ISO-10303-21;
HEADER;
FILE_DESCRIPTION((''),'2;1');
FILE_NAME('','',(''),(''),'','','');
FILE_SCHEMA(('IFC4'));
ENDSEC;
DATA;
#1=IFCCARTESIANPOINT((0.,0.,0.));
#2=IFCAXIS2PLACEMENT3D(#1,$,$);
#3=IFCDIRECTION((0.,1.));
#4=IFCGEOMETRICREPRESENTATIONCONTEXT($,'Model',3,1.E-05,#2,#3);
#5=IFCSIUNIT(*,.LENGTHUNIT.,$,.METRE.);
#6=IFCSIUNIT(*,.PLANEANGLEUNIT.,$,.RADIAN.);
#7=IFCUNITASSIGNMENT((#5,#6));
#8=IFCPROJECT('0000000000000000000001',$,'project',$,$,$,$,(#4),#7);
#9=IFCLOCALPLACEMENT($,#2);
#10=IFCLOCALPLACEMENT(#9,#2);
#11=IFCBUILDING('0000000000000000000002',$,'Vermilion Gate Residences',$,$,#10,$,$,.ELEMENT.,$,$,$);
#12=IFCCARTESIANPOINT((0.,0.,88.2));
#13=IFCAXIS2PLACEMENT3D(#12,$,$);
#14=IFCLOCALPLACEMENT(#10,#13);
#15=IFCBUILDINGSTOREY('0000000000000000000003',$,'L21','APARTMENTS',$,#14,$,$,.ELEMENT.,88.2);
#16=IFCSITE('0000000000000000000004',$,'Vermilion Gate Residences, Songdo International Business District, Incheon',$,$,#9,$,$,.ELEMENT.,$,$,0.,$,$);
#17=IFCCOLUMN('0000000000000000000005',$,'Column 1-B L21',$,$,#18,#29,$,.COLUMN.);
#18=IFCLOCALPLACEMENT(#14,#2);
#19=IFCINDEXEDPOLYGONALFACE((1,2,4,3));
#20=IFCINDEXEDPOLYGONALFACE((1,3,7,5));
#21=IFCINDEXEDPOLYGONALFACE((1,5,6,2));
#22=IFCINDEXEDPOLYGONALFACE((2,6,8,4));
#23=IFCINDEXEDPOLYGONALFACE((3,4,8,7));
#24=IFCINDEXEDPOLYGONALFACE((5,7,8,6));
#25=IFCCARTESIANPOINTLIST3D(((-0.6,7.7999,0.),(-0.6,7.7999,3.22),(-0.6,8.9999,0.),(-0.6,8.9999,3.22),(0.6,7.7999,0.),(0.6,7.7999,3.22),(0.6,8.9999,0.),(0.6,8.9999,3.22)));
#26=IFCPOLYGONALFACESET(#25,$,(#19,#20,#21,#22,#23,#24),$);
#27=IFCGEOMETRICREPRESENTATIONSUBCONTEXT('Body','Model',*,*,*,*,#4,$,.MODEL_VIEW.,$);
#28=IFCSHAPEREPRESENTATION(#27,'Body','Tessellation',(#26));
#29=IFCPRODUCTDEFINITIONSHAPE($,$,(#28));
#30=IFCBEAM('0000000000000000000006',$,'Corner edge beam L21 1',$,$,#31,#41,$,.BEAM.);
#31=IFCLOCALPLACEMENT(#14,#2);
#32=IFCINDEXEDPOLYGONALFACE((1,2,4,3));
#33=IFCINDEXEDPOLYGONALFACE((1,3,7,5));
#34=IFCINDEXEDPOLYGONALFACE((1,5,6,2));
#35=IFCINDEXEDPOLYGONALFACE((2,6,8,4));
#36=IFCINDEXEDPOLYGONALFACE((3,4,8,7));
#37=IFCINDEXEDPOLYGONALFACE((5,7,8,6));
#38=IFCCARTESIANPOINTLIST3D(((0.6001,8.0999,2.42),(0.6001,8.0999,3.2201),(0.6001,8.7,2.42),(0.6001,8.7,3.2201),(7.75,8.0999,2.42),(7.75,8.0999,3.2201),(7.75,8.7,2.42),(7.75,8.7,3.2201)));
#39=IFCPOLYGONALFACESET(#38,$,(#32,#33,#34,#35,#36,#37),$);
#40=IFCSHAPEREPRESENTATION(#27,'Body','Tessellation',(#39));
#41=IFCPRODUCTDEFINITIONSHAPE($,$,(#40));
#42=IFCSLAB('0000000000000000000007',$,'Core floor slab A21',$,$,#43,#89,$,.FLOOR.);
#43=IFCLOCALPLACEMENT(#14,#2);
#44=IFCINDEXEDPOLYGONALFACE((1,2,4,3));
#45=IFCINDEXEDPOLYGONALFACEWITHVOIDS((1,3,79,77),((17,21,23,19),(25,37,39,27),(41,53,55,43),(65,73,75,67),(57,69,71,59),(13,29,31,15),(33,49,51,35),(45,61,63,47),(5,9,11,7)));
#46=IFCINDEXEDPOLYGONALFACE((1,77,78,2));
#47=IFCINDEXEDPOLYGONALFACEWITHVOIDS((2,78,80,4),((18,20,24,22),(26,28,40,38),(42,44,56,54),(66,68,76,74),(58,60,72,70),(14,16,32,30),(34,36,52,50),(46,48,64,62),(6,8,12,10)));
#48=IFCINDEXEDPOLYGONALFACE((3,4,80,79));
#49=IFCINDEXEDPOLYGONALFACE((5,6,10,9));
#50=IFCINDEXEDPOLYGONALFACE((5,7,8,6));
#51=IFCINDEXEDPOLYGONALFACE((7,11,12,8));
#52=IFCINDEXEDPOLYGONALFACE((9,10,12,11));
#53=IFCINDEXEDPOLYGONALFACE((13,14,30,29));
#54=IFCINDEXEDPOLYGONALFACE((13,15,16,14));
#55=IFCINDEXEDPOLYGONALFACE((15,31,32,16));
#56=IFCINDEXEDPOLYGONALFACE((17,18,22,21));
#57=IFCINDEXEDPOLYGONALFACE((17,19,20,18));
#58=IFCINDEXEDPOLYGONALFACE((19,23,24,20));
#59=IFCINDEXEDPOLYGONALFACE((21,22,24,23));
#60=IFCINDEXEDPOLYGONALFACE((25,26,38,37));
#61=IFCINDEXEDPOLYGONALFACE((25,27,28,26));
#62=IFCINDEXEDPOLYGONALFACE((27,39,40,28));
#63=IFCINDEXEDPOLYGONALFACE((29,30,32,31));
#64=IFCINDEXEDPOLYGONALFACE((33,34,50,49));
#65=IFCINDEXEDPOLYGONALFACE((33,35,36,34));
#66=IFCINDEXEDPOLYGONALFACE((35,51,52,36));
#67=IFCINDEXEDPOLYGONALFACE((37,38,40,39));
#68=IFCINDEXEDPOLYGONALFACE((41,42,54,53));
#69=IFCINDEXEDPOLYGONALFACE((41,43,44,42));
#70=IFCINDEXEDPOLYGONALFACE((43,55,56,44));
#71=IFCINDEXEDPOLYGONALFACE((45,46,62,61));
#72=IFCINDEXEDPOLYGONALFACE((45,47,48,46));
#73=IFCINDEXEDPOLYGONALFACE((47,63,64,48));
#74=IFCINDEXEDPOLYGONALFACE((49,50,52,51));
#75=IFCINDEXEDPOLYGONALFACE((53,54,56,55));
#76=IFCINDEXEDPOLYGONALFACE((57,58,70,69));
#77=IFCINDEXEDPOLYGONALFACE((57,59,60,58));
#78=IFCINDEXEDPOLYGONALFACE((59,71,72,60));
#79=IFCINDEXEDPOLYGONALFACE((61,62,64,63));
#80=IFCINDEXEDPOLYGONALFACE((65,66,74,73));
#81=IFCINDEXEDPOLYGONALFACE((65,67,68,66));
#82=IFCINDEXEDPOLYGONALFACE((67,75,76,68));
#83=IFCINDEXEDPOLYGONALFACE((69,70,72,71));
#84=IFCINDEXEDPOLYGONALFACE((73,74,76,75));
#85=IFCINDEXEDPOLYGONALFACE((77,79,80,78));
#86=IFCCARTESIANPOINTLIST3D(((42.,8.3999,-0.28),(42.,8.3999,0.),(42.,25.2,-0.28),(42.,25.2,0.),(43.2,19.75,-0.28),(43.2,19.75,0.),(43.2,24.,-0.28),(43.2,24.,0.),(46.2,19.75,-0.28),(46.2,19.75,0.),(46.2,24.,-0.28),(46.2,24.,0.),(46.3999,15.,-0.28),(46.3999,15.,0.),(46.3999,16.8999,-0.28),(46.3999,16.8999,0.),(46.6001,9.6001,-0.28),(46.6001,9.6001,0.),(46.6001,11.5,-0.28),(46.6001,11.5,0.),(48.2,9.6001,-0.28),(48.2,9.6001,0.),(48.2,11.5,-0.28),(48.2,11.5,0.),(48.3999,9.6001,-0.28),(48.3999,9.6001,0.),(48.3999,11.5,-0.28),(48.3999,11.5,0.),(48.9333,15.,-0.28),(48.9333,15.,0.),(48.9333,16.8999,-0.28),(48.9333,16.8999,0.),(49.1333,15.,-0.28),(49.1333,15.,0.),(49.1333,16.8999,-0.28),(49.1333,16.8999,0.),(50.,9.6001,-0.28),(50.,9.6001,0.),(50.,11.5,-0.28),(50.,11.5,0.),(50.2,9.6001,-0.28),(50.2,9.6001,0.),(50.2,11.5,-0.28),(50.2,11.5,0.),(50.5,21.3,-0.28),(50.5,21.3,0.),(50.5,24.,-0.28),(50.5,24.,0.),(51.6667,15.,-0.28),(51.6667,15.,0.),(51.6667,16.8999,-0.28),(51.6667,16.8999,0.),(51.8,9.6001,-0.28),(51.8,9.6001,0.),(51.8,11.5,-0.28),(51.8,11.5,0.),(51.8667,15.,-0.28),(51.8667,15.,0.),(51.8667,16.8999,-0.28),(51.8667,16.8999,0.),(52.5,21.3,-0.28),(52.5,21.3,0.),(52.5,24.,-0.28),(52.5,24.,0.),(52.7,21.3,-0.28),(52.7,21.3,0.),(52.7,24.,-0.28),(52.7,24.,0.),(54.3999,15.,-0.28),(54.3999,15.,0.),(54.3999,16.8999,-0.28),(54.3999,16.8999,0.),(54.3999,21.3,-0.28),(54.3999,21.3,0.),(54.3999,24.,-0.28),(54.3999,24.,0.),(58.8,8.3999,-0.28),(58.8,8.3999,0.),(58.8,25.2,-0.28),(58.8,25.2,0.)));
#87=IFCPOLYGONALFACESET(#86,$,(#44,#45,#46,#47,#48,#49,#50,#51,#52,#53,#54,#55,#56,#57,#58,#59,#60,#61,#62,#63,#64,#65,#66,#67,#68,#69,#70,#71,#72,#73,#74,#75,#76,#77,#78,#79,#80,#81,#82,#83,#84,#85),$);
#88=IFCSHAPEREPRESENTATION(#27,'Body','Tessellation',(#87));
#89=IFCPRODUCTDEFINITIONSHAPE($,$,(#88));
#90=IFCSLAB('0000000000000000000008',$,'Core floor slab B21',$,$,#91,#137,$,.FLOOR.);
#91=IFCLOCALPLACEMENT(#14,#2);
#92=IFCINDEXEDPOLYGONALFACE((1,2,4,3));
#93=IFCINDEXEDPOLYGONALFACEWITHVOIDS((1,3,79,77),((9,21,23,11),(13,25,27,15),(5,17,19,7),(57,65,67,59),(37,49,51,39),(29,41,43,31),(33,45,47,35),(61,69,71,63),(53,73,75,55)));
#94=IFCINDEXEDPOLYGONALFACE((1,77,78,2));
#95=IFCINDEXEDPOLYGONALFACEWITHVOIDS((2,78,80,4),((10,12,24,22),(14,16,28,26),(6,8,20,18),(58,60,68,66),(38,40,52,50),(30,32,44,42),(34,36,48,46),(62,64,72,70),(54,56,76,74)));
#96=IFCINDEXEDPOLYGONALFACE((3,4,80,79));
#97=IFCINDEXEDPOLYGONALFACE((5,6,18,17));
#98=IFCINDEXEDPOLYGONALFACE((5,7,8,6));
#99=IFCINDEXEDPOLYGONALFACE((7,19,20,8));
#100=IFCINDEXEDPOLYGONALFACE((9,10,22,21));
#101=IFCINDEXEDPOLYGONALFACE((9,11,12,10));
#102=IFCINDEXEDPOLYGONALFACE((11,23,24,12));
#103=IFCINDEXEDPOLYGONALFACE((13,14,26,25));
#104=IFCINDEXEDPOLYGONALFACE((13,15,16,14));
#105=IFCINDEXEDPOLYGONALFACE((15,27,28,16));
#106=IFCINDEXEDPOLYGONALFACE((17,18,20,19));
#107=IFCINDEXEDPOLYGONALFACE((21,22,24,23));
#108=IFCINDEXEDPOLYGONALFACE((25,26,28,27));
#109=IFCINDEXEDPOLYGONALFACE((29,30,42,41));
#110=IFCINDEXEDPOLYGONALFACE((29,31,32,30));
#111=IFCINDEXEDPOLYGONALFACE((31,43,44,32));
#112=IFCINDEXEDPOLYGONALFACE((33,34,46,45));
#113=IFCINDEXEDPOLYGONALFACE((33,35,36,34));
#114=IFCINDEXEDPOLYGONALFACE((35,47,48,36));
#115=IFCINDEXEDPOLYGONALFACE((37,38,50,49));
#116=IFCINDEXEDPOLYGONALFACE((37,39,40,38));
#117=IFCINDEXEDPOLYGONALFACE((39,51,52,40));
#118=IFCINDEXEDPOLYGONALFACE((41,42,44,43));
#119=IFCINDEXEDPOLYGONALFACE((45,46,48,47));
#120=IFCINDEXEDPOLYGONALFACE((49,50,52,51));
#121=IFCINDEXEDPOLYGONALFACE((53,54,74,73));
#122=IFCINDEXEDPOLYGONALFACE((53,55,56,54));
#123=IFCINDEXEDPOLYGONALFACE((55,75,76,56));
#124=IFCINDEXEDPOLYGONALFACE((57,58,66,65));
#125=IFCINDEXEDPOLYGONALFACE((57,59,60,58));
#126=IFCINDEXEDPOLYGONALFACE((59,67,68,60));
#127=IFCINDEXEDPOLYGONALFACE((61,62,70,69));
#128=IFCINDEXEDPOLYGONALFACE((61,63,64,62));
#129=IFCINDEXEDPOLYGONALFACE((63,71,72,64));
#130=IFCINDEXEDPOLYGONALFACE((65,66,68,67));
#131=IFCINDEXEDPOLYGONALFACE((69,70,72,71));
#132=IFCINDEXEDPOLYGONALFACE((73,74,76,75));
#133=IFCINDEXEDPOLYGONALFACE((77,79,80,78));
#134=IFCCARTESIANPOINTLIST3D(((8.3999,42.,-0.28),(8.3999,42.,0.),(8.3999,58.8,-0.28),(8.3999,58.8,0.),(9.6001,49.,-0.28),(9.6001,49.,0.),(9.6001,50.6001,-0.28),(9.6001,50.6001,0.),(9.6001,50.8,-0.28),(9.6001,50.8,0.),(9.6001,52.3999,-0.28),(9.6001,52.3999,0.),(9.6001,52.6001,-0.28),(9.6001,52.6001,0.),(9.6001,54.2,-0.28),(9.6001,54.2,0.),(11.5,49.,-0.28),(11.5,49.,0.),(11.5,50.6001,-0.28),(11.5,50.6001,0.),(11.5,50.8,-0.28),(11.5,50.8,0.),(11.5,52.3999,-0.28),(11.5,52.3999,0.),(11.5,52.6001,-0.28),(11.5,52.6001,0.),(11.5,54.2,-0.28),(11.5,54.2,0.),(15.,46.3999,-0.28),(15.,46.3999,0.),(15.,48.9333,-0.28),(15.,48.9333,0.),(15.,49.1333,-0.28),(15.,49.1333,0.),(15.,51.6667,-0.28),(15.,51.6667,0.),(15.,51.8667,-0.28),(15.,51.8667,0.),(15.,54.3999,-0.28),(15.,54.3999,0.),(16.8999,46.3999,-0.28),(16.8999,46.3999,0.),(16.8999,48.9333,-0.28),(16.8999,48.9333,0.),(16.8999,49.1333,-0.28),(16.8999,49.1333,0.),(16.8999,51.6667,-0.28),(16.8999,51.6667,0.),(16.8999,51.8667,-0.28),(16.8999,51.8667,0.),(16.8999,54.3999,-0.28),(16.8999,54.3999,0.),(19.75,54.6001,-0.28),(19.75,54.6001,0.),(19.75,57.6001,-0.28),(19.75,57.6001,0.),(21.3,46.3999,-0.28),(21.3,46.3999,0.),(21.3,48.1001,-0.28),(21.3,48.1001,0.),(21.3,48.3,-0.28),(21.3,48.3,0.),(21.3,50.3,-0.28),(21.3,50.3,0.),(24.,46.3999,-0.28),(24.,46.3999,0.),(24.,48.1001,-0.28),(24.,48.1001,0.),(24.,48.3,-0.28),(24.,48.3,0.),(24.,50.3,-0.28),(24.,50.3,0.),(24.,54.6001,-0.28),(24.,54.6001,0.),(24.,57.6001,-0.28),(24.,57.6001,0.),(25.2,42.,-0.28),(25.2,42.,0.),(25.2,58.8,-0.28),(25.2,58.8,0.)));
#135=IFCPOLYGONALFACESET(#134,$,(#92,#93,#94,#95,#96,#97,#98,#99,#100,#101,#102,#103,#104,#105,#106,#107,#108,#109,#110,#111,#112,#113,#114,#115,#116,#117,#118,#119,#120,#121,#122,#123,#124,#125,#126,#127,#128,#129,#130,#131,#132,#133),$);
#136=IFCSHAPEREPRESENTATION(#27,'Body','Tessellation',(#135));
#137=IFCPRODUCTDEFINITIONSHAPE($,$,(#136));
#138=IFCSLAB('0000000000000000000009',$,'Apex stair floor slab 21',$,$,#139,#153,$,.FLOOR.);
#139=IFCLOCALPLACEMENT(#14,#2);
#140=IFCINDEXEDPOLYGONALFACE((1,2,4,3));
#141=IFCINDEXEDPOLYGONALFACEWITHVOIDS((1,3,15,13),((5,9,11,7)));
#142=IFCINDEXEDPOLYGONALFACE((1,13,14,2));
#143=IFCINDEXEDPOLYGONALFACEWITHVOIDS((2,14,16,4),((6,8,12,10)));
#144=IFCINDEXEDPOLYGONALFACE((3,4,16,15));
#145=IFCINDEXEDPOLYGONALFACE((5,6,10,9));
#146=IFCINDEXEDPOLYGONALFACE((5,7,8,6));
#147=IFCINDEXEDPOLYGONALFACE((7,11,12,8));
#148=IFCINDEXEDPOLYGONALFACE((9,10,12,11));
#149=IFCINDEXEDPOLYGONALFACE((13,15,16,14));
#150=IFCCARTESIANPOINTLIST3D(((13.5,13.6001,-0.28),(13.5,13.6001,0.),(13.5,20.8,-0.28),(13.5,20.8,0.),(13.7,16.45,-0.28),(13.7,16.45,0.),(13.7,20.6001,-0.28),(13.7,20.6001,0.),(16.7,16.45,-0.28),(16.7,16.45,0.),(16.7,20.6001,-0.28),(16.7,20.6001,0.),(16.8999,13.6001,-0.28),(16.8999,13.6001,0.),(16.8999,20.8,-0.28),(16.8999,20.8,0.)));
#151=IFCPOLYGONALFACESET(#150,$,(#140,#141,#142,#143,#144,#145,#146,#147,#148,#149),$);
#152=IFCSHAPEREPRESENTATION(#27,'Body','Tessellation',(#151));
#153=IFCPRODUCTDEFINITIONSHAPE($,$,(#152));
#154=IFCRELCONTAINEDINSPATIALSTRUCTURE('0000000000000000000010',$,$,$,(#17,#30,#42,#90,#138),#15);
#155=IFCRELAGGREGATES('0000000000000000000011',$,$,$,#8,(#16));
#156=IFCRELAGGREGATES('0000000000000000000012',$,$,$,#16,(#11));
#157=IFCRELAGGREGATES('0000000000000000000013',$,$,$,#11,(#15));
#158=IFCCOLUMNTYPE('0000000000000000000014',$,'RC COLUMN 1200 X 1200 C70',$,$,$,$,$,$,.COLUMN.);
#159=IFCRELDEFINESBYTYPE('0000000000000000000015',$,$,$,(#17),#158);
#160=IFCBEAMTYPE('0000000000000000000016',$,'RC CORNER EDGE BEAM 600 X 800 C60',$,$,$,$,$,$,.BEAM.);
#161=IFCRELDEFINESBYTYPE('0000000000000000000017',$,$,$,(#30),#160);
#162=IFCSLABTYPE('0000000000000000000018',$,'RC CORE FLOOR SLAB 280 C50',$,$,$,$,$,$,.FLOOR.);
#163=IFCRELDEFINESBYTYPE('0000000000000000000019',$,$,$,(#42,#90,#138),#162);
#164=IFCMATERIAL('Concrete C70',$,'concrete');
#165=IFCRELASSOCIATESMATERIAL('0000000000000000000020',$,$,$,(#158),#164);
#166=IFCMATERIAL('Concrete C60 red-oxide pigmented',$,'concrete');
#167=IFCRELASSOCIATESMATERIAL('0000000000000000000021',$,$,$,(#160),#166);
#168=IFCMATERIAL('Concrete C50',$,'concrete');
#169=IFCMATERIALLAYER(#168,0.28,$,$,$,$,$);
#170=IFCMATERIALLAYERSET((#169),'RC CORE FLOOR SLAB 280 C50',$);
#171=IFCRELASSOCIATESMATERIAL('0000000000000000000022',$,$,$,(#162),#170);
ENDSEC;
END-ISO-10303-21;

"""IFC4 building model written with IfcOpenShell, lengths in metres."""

from ifc_helpers import new_model, si_unit, direction, frame, origin, origin_2d, place, context, subcontext, project, spatial, polyline, rectangle, outline, extrude, material, layer, layer_set, material_profile, profile_set, type_object, element, save


model = new_model("IFC4")

# Units and contexts
model_context = context("Model", 3, precision=1e-05, world=origin(), true_north=direction((0.0, 1.0)))
body_context = subcontext(model_context, "Body", "Model", "MODEL_VIEW")
ifc_project = project(units=[si_unit("LENGTHUNIT", "METRE"), si_unit("PLANEANGLEUNIT", "RADIAN")], contexts=[model_context])

# Site, building, storey
site_placement = place(None, origin())
site = spatial("IfcSite", under=ifc_project, at=site_placement, Name="Vermilion Gate Residences, Songdo International Business District, Incheon", CompositionType="ELEMENT", RefElevation=0.0)
building_placement = place(site_placement, origin())
building = spatial("IfcBuilding", under=site, at=building_placement, Name="Vermilion Gate Residences", CompositionType="ELEMENT")
storey_placement = place(building_placement, frame((0.0, 0.0, 88.2)))
storey = spatial("IfcBuildingStorey", under=building, at=storey_placement, Name="L21", Description="APARTMENTS", CompositionType="ELEMENT", Elevation=88.2)

# Column
ifc_material_1 = material(Name="Concrete C70", Category="concrete")
ifc_material_profile_1 = material_profile(ifc_material_1, rectangle(XDim=1.2, YDim=1.2, at=origin_2d()), Name="RC-1200x1200")
ifc_profile_set_1 = profile_set([ifc_material_profile_1], Name="Concrete C70")
column_type = type_object("IfcColumnType", Name="RC COLUMN 1200 X 1200 C70", PredefinedType="COLUMN", material=ifc_profile_set_1)
column_placement = place(storey_placement, frame((0.0, 8.3999, 0.0), z_axis=(0.0, 0.0, 1.0), x_axis=(1.0, 0.0, 0.0)))
element("IfcColumn", 1, at=column_placement, inside=storey, type_object=column_type, Name="Column 1-B L21", PredefinedType="COLUMN", context=body_context, shape_type="SweptSolid", body=[
    extrude(rectangle(XDim=1.2, YDim=1.2, at=origin_2d()), origin(), (0.0, 0.0, 1.0), 3.22),
])

# Beam
ifc_material_2 = material(Name="Concrete C60 red-oxide pigmented", Category="concrete")
ifc_material_profile_2 = material_profile(ifc_material_2, rectangle(XDim=0.6001, YDim=0.8, at=origin_2d()), Name="RC-600x800")
ifc_profile_set_2 = profile_set([ifc_material_profile_2], Name="Concrete C60 red-oxide pigmented")
beam_type = type_object("IfcBeamType", Name="RC CORNER EDGE BEAM 600 X 800 C60", PredefinedType="BEAM", material=ifc_profile_set_2)
beam_placement = place(storey_placement, frame((0.6001, 8.3999, 2.8201), z_axis=(1.0, 0.0, 0.0), x_axis=(0.0, 1.0, 0.0)))
element("IfcBeam", 2, at=beam_placement, inside=storey, type_object=beam_type, Name="Corner edge beam L21 1", PredefinedType="BEAM", context=body_context, shape_type="SweptSolid", body=[
    extrude(rectangle(XDim=0.6001, YDim=0.8, at=origin_2d()), origin(), (0.0, 0.0, 1.0), 7.1499),
])

# Slabs
ifc_material_3 = material(Name="Concrete C50", Category="concrete")
ifc_layer_1 = layer(ifc_material_3, 0.28)
ifc_layer_set_1 = layer_set([ifc_layer_1], Name="RC CORE FLOOR SLAB 280 C50")
slab_type_1 = type_object("IfcSlabType", Name="RC CORE FLOOR SLAB 280 C50", PredefinedType="FLOOR", material=ifc_layer_set_1)
slab_1_placement = place(storey_placement, frame((0.0, 0.0, -0.28)))
element("IfcSlab", 3, at=slab_1_placement, inside=storey, type_object=slab_type_1, Name="Core floor slab A21", PredefinedType="FLOOR", context=body_context, shape_type="SweptSolid", body=[
    extrude(outline(polyline([(42.0, 8.3999), (58.8, 8.3999), (58.8, 25.2), (42.0, 25.2), (42.0, 8.3999)]), holes=[polyline([(46.6001, 11.5), (48.2, 11.5), (48.2, 9.6001), (46.6001, 9.6001), (46.6001, 11.5)]), polyline([(48.3999, 11.5), (50.0, 11.5), (50.0, 9.6001), (48.3999, 9.6001), (48.3999, 11.5)]), polyline([(50.2, 11.5), (51.8, 11.5), (51.8, 9.6001), (50.2, 9.6001), (50.2, 11.5)]), polyline([(46.3999, 16.8999), (48.9333, 16.8999), (48.9333, 15.0), (46.3999, 15.0), (46.3999, 16.8999)]), polyline([(49.1333, 16.8999), (51.6667, 16.8999), (51.6667, 15.0), (49.1333, 15.0), (49.1333, 16.8999)]), polyline([(51.8667, 16.8999), (54.3999, 16.8999), (54.3999, 15.0), (51.8667, 15.0), (51.8667, 16.8999)]), polyline([(43.2, 24.0), (46.2, 24.0), (46.2, 19.75), (43.2, 19.75), (43.2, 24.0)]), polyline([(52.5, 24.0), (52.5, 21.3), (50.5, 21.3), (50.5, 24.0), (52.5, 24.0)]), polyline([(54.3999, 24.0), (54.3999, 21.3), (52.7, 21.3), (52.7, 24.0), (54.3999, 24.0)])]), origin(), (0.0, 0.0, 1.0), 0.28),
])
slab_2_placement = place(storey_placement, frame((0.0, 0.0, -0.28)))
element("IfcSlab", 4, at=slab_2_placement, inside=storey, type_object=slab_type_1, Name="Core floor slab B21", PredefinedType="FLOOR", context=body_context, shape_type="SweptSolid", body=[
    extrude(outline(polyline([(8.3999, 42.0), (25.2, 42.0), (25.2, 58.8), (8.3999, 58.8), (8.3999, 42.0)]), holes=[polyline([(21.3, 48.1001), (24.0, 48.1001), (24.0, 46.3999), (21.3, 46.3999), (21.3, 48.1001)]), polyline([(15.0, 48.9333), (16.8999, 48.9333), (16.8999, 46.3999), (15.0, 46.3999), (15.0, 48.9333)]), polyline([(21.3, 50.3), (24.0, 50.3), (24.0, 48.3), (21.3, 48.3), (21.3, 50.3)]), polyline([(9.6001, 50.6001), (11.5, 50.6001), (11.5, 49.0), (9.6001, 49.0), (9.6001, 50.6001)]), polyline([(15.0, 51.6667), (16.8999, 51.6667), (16.8999, 49.1333), (15.0, 49.1333), (15.0, 51.6667)]), polyline([(9.6001, 52.3999), (11.5, 52.3999), (11.5, 50.8), (9.6001, 50.8), (9.6001, 52.3999)]), polyline([(15.0, 54.3999), (16.8999, 54.3999), (16.8999, 51.8667), (15.0, 51.8667), (15.0, 54.3999)]), polyline([(11.5, 54.2), (11.5, 52.6001), (9.6001, 52.6001), (9.6001, 54.2), (11.5, 54.2)]), polyline([(24.0, 57.6001), (24.0, 54.6001), (19.75, 54.6001), (19.75, 57.6001), (24.0, 57.6001)])]), origin(), (0.0, 0.0, 1.0), 0.28),
])
slab_3_placement = place(storey_placement, frame((0.0, 0.0, -0.28)))
element("IfcSlab", 5, at=slab_3_placement, inside=storey, type_object=slab_type_1, Name="Apex stair floor slab 21", PredefinedType="FLOOR", context=body_context, shape_type="SweptSolid", body=[
    extrude(outline(polyline([(13.5, 13.6001), (16.8999, 13.6001), (16.8999, 20.8), (13.5, 20.8), (13.5, 13.6001)]), holes=[polyline([(16.7, 20.6001), (16.7, 16.45), (13.7, 16.45), (13.7, 20.6001), (16.7, 20.6001)])]), origin(), (0.0, 0.0, 1.0), 0.28),
])

save(model, "model.ifc")
